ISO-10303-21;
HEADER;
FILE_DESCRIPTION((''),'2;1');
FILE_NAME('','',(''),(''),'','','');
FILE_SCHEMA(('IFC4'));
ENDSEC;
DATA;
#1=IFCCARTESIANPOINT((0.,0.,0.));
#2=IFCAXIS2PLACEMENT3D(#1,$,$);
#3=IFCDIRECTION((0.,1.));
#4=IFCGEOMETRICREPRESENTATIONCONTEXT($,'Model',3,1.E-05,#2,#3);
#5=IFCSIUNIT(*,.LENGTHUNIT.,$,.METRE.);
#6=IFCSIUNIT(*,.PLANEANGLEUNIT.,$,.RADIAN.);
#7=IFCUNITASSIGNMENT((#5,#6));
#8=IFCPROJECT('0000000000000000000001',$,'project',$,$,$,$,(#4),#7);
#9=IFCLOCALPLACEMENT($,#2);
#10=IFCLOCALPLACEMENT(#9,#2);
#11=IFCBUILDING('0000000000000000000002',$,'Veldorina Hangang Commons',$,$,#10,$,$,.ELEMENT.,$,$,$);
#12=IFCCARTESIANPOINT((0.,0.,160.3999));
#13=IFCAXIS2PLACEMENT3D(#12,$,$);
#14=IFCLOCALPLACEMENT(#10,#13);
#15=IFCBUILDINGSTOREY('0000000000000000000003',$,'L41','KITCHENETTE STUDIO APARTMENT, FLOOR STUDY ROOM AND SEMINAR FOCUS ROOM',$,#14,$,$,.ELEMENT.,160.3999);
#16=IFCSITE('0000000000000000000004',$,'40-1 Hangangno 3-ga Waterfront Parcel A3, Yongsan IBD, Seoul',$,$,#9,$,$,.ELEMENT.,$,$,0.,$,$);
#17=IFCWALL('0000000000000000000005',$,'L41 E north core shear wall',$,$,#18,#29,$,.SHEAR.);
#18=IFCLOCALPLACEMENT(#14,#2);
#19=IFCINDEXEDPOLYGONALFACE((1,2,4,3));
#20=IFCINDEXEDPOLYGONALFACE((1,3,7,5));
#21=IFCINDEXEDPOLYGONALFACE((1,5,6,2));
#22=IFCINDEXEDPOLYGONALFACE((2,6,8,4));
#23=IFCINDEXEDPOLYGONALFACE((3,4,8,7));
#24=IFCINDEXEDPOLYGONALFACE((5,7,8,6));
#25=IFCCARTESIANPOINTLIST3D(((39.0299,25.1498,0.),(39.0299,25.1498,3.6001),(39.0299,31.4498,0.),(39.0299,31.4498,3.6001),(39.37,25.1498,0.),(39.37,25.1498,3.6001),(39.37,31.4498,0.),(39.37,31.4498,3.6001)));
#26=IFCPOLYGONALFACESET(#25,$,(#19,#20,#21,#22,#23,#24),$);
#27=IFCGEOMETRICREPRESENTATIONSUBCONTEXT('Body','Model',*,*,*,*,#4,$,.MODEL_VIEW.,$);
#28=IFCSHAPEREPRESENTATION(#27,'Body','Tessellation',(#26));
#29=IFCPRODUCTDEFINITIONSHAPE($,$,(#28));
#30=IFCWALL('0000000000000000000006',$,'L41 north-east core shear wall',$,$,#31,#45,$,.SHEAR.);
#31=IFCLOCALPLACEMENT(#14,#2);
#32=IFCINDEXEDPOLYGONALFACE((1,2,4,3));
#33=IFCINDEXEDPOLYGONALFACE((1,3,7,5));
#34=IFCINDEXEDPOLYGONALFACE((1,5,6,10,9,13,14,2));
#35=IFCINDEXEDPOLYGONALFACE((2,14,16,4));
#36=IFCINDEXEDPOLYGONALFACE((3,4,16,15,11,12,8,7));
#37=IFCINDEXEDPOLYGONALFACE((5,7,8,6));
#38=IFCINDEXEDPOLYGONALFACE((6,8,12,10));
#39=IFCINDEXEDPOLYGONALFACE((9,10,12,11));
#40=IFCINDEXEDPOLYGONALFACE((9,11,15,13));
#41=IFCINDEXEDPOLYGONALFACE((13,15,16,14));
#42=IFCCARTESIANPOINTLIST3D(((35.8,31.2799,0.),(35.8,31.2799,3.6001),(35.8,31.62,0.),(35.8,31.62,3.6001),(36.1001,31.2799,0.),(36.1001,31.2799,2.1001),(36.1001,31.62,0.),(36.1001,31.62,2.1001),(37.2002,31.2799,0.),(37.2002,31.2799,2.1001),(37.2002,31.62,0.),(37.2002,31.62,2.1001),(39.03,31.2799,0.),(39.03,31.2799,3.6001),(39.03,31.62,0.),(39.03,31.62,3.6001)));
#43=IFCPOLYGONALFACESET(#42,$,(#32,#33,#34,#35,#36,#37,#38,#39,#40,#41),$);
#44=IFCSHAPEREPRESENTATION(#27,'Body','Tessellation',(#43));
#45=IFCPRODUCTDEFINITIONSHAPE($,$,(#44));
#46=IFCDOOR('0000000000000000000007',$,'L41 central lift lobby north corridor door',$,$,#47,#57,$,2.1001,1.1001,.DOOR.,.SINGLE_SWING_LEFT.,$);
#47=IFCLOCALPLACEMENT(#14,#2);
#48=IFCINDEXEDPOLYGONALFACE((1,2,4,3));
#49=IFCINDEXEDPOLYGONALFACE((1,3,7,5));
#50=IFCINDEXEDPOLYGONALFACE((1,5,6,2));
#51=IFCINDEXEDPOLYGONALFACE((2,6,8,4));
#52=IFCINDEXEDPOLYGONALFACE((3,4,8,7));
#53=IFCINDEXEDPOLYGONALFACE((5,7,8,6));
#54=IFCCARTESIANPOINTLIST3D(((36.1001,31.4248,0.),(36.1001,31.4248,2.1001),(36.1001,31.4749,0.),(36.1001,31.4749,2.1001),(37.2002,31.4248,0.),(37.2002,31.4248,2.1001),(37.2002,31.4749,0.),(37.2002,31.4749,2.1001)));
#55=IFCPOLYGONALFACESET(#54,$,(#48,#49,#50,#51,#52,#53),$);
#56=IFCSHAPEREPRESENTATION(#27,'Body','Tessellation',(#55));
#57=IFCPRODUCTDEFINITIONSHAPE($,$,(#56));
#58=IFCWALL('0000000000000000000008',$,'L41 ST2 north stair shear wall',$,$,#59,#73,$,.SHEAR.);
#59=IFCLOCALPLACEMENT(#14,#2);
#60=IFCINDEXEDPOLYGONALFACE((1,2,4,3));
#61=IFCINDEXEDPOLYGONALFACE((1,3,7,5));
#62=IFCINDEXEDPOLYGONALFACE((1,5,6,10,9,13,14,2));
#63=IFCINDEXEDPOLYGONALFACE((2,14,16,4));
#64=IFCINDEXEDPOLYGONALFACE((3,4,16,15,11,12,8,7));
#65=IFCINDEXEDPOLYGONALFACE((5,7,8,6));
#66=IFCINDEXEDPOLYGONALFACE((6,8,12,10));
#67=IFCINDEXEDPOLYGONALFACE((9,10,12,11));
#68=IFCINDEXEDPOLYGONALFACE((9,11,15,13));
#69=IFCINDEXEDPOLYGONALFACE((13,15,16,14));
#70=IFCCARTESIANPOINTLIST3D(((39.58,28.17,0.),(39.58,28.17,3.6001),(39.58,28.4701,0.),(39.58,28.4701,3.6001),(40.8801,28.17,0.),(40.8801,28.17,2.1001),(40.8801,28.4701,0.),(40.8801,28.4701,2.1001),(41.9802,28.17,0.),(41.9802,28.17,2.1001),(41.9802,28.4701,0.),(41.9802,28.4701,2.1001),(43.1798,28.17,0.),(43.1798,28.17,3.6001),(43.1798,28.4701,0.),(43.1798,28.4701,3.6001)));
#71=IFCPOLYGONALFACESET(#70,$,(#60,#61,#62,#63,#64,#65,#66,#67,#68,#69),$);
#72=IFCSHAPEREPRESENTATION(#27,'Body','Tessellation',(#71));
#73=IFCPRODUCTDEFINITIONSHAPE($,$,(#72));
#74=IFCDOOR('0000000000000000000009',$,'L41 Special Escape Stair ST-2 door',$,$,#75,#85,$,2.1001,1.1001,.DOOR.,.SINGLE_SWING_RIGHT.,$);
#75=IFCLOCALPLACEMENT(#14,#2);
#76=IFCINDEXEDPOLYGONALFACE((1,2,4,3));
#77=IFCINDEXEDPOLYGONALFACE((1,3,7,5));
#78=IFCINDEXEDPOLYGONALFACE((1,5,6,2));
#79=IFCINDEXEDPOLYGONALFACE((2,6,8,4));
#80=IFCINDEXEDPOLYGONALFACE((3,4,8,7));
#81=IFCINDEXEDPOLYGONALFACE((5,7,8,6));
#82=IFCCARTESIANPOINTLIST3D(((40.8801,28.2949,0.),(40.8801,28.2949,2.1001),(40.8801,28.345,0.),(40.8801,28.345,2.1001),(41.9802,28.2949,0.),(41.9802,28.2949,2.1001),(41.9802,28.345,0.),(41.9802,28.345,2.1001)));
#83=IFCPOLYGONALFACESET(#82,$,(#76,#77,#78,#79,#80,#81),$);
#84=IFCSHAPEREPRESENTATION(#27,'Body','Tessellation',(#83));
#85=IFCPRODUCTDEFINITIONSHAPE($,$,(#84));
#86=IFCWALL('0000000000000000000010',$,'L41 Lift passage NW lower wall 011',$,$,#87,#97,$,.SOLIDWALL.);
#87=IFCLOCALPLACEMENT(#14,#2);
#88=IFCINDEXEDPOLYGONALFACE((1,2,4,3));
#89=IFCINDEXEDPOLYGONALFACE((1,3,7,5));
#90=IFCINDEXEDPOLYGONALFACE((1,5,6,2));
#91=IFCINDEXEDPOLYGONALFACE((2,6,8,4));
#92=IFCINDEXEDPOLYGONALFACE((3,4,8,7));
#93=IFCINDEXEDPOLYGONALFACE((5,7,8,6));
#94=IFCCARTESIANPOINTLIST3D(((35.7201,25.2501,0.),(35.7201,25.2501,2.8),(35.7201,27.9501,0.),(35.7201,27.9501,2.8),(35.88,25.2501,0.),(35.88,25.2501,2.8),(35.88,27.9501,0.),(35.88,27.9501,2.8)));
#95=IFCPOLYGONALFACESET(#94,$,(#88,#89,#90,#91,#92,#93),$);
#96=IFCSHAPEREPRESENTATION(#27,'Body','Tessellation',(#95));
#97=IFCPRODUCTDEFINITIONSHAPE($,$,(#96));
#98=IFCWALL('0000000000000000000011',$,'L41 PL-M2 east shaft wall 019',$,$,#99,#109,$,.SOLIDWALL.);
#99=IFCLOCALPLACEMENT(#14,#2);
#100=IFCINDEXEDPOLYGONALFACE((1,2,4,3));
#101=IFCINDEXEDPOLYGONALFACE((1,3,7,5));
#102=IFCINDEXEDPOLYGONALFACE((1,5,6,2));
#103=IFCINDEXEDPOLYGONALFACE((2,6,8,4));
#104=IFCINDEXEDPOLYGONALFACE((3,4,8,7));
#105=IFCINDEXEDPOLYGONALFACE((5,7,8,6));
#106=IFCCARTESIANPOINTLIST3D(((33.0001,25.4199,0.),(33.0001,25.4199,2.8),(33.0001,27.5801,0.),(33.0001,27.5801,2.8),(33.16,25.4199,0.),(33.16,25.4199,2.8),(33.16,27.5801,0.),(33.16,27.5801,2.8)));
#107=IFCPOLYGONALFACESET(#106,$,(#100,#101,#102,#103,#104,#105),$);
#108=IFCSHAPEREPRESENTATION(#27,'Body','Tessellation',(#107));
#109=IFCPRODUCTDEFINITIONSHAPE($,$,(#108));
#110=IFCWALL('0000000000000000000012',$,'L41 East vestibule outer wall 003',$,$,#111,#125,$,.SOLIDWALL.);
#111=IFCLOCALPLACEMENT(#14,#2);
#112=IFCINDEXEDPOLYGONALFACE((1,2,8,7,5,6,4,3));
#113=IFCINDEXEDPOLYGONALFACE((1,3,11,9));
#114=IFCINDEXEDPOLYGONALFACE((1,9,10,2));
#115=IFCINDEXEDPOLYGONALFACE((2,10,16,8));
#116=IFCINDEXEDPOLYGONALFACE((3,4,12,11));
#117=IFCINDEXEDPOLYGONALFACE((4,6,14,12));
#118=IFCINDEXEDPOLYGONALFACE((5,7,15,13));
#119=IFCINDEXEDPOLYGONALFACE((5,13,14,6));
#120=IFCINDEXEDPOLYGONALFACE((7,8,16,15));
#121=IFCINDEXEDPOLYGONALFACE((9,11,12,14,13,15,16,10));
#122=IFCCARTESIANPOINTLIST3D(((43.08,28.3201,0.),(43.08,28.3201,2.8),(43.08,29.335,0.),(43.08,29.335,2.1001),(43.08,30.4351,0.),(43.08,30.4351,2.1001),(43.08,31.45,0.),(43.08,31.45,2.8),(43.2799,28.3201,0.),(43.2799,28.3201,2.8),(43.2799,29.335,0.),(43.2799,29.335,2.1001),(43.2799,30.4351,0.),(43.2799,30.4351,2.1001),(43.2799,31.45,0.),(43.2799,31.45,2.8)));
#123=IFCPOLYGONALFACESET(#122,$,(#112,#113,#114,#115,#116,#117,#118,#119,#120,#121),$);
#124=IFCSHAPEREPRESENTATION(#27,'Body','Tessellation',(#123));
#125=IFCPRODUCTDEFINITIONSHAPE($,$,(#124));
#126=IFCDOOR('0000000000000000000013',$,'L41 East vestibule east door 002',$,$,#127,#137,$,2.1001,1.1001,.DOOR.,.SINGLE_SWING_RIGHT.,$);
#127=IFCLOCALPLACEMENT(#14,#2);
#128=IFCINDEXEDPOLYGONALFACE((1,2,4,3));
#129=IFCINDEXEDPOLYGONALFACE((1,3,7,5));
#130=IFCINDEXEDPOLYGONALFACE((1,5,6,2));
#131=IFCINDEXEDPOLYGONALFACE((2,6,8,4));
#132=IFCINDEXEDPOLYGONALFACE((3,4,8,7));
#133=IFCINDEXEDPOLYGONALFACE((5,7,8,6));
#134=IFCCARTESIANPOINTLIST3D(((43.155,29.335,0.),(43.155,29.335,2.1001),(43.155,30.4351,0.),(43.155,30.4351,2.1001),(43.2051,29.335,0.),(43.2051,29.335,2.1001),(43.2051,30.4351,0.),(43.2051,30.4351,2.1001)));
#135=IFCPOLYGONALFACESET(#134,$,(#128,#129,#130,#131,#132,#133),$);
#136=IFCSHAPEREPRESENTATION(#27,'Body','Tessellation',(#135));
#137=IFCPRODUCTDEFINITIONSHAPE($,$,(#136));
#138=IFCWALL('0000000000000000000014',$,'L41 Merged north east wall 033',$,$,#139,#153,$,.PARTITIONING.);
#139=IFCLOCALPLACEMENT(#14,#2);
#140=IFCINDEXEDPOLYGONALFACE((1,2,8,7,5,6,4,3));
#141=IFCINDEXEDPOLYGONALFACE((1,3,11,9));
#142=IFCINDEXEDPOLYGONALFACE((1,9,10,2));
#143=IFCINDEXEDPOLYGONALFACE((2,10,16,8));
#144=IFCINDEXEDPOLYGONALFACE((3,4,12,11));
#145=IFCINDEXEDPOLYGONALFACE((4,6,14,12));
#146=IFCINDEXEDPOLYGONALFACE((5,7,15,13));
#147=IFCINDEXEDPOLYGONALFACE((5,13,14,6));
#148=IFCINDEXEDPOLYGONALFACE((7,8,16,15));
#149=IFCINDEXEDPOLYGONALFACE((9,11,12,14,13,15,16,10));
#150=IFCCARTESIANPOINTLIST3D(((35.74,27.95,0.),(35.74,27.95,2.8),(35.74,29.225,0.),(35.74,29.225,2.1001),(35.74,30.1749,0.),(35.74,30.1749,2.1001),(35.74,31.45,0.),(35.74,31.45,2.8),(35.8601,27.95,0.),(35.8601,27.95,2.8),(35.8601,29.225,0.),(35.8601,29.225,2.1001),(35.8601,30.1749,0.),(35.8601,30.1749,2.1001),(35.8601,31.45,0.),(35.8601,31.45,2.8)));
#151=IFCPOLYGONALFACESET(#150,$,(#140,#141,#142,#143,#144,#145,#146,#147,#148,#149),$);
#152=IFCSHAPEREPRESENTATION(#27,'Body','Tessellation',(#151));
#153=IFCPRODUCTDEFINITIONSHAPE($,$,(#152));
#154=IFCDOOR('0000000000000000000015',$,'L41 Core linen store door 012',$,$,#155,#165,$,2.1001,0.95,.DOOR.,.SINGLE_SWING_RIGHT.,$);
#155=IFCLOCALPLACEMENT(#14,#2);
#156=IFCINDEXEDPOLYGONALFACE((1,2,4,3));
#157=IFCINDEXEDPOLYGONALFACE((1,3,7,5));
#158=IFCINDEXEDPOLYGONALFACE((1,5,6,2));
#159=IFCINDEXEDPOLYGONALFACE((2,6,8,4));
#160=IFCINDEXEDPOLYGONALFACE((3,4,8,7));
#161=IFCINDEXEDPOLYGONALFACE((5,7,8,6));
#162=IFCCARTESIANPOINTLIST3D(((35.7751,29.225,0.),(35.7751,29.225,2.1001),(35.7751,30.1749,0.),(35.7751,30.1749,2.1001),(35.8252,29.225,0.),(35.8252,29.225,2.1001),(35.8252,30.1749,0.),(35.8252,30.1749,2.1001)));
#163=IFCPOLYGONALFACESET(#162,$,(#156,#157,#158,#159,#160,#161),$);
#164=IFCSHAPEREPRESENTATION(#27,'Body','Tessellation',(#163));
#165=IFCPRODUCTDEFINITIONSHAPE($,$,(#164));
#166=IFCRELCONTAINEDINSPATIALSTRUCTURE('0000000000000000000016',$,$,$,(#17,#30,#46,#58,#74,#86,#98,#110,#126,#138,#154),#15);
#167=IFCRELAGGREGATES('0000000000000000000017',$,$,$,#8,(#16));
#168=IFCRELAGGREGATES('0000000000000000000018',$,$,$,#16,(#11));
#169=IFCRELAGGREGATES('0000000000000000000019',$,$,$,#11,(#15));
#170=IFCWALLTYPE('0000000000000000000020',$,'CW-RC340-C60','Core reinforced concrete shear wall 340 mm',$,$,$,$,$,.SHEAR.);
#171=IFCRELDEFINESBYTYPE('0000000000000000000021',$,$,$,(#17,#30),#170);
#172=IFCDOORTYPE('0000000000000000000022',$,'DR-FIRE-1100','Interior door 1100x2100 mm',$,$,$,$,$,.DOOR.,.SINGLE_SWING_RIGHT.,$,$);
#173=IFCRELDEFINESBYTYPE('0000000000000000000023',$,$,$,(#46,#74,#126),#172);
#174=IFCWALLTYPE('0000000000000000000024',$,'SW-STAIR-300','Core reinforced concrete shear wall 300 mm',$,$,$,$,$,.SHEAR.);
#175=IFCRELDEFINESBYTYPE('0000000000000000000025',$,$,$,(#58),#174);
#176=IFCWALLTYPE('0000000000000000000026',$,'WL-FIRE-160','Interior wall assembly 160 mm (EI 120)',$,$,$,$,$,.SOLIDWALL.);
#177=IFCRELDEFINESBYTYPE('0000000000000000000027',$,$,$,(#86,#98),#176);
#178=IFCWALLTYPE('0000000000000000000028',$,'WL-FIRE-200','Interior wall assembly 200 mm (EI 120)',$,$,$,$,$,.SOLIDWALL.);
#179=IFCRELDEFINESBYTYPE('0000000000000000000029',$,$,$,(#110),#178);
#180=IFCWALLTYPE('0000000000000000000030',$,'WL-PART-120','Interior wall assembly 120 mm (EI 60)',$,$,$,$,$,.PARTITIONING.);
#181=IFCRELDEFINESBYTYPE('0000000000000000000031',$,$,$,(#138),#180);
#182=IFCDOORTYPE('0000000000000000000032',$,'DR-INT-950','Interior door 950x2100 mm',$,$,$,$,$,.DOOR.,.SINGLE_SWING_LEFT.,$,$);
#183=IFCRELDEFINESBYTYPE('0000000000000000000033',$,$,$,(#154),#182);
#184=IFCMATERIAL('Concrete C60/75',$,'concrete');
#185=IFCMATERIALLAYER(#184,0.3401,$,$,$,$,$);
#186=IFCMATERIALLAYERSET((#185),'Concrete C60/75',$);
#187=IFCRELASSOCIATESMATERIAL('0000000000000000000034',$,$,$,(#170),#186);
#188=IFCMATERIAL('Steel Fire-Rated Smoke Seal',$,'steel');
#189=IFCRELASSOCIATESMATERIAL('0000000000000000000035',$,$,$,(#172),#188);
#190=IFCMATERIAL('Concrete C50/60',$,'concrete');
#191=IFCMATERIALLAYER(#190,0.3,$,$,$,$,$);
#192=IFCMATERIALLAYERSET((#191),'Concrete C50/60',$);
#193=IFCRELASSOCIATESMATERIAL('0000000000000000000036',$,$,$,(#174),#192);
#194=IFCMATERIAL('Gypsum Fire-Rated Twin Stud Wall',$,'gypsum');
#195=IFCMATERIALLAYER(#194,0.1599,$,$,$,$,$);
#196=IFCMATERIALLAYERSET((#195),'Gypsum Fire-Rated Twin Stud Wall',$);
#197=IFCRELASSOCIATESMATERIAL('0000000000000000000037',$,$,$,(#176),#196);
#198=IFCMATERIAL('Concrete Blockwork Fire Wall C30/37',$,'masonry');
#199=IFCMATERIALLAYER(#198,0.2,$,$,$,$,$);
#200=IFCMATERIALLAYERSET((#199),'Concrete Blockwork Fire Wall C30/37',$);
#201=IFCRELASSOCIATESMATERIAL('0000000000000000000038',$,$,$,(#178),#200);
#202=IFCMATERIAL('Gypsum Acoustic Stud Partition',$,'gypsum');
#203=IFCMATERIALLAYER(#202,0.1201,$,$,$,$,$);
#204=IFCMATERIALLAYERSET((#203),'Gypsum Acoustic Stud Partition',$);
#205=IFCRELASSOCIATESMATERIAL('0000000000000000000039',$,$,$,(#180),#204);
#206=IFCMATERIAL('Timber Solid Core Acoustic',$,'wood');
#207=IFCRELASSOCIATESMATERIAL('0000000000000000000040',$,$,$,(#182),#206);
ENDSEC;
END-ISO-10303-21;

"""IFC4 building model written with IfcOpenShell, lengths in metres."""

from ifc_helpers import new_model, si_unit, direction, frame, frame_2d, origin, place, context, subcontext, project, spatial, rectangle, extrude, material, layer, layer_set, type_object, element, fill, save


model = new_model("IFC4")

# Units and contexts
model_context = context("Model", 3, precision=1e-05, world=origin(), true_north=direction((0.0, 1.0)))
body_context = subcontext(model_context, "Body", "Model", "MODEL_VIEW")
ifc_project = project(units=[si_unit("LENGTHUNIT", "METRE"), si_unit("PLANEANGLEUNIT", "RADIAN")], contexts=[model_context])

# Site, building, storey
site_placement = place(None, origin())
site = spatial("IfcSite", under=ifc_project, at=site_placement, Name="40-1 Hangangno 3-ga Waterfront Parcel A3, Yongsan IBD, Seoul", CompositionType="ELEMENT", RefElevation=0.0)
building_placement = place(site_placement, origin())
building = spatial("IfcBuilding", under=site, at=building_placement, Name="Veldorina Hangang Commons", CompositionType="ELEMENT")
storey_placement = place(building_placement, frame((0.0, 0.0, 160.3999)))
storey = spatial("IfcBuildingStorey", under=building, at=storey_placement, Name="L41", Description="KITCHENETTE STUDIO APARTMENT, FLOOR STUDY ROOM AND SEMINAR FOCUS ROOM", CompositionType="ELEMENT", Elevation=160.3999)

# Wall
ifc_material_1 = material(Name="Concrete C60/75", Category="concrete")
ifc_layer_1 = layer(ifc_material_1, 0.3401)
ifc_layer_set_1 = layer_set([ifc_layer_1], Name="Concrete C60/75")
wall_type_1 = type_object("IfcWallType", Name="CW-RC340-C60", Description="Core reinforced concrete shear wall 340 mm", PredefinedType="SHEAR", material=ifc_layer_set_1)
wall_1_placement = place(storey_placement, frame((39.2, 25.1499, 0.0), z_axis=(0.0, 0.0, 1.0), x_axis=(0.0, 1.0, 0.0)))
element("IfcWall", 1, at=wall_1_placement, inside=storey, type_object=wall_type_1, Name="L41 E north core shear wall", PredefinedType="SHEAR", context=body_context, shape_type="SweptSolid", body=[
    extrude(rectangle(XDim=6.3, YDim=0.3401, at=frame_2d((3.1499, 0.0))), origin(), (0.0, 0.0, 1.0), 3.6001),
])

# Walls, openings, doors
wall_2_placement = place(storey_placement, frame((35.8, 31.45, 0.0), z_axis=(0.0, 0.0, 1.0), x_axis=(1.0, 0.0, 0.0)))
wall_2 = element("IfcWall", 2, at=wall_2_placement, inside=storey, type_object=wall_type_1, Name="L41 north-east core shear wall", PredefinedType="SHEAR", context=body_context, shape_type="SweptSolid", body=[
    extrude(rectangle(XDim=3.23, YDim=0.3401, at=frame_2d((1.615, 0.0))), origin(), (0.0, 0.0, 1.0), 3.6001),
])
opening_1_placement = place(wall_2_placement, frame((0.3, 0.0, 0.0)))
opening_1 = element("IfcOpeningElement", 3, at=opening_1_placement, cuts=wall_2, PredefinedType="OPENING", context=body_context, shape_type="SweptSolid", body=[
    extrude(rectangle(XDim=1.1001, YDim=2.1001, at=frame_2d((0.55, 1.05))), frame((0.0, 0.1802, 0.0), z_axis=(0.0, -1.0, 0.0), x_axis=(1.0, 0.0, 0.0)), (0.0, 0.0, 1.0), 0.3601),
])
ifc_material_2 = material(Name="Steel Fire-Rated Smoke Seal", Category="steel")
door_type_1 = type_object("IfcDoorType", Name="DR-FIRE-1100", Description="Interior door 1100x2100 mm", OperationType="SINGLE_SWING_RIGHT", PredefinedType="DOOR", material=ifc_material_2)
door_1_placement = place(opening_1_placement, origin())
door_1 = element("IfcDoor", 4, at=door_1_placement, inside=storey, type_object=door_type_1, Name="L41 central lift lobby north corridor door", OperationType="SINGLE_SWING_LEFT", OverallHeight=2.1001, OverallWidth=1.1001, PredefinedType="DOOR", context=body_context, shape_type="SweptSolid", body=[
    extrude(rectangle(XDim=1.1001, YDim=2.1001, at=frame_2d((0.55, 1.05))), frame((0.0, 0.0249, 0.0), z_axis=(0.0, -1.0, 0.0), x_axis=(1.0, 0.0, 0.0)), (0.0, 0.0, 1.0), 0.05),
])
fill(opening_1, door_1)
ifc_material_3 = material(Name="Concrete C50/60", Category="concrete")
ifc_layer_2 = layer(ifc_material_3, 0.3)
ifc_layer_set_2 = layer_set([ifc_layer_2], Name="Concrete C50/60")
wall_type_2 = type_object("IfcWallType", Name="SW-STAIR-300", Description="Core reinforced concrete shear wall 300 mm", PredefinedType="SHEAR", material=ifc_layer_set_2)
wall_3_placement = place(storey_placement, frame((39.5801, 28.3201, 0.0), z_axis=(0.0, 0.0, 1.0), x_axis=(1.0, 0.0, 0.0)))
wall_3 = element("IfcWall", 5, at=wall_3_placement, inside=storey, type_object=wall_type_2, Name="L41 ST2 north stair shear wall", PredefinedType="SHEAR", context=body_context, shape_type="SweptSolid", body=[
    extrude(rectangle(XDim=3.5999, YDim=0.3, at=frame_2d((1.7998, 0.0))), origin(), (0.0, 0.0, 1.0), 3.6001),
])
opening_2_placement = place(wall_3_placement, frame((1.3, 0.0, 0.0)))
opening_2 = element("IfcOpeningElement", 6, at=opening_2_placement, cuts=wall_3, PredefinedType="OPENING", context=body_context, shape_type="SweptSolid", body=[
    extrude(rectangle(XDim=1.1001, YDim=2.1001, at=frame_2d((0.55, 1.05))), frame((0.0, 0.1602, 0.0), z_axis=(0.0, -1.0, 0.0), x_axis=(1.0, 0.0, 0.0)), (0.0, 0.0, 1.0), 0.3201),
])
door_2_placement = place(opening_2_placement, origin())
door_2 = element("IfcDoor", 7, at=door_2_placement, inside=storey, type_object=door_type_1, Name="L41 Special Escape Stair ST-2 door", OperationType="SINGLE_SWING_RIGHT", OverallHeight=2.1001, OverallWidth=1.1001, PredefinedType="DOOR", context=body_context, shape_type="SweptSolid", body=[
    extrude(rectangle(XDim=1.1001, YDim=2.1001, at=frame_2d((0.55, 1.05))), frame((0.0, 0.0249, 0.0), z_axis=(0.0, -1.0, 0.0), x_axis=(1.0, 0.0, 0.0)), (0.0, 0.0, 1.0), 0.05),
])
fill(opening_2, door_2)

# Walls
ifc_material_4 = material(Name="Gypsum Fire-Rated Twin Stud Wall", Category="gypsum")
ifc_layer_3 = layer(ifc_material_4, 0.1599)
ifc_layer_set_3 = layer_set([ifc_layer_3], Name="Gypsum Fire-Rated Twin Stud Wall")
wall_type_3 = type_object("IfcWallType", Name="WL-FIRE-160", Description="Interior wall assembly 160 mm (EI 120)", PredefinedType="SOLIDWALL", material=ifc_layer_set_3)
wall_4_placement = place(storey_placement, frame((35.8, 25.25, 0.0), z_axis=(0.0, 0.0, 1.0), x_axis=(0.0, 1.0, 0.0)))
element("IfcWall", 8, at=wall_4_placement, inside=storey, type_object=wall_type_3, Name="L41 Lift passage NW lower wall 011", PredefinedType="SOLIDWALL", context=body_context, shape_type="SweptSolid", body=[
    extrude(rectangle(XDim=2.7, YDim=0.1599, at=frame_2d((1.3501, 0.0))), origin(), (0.0, 0.0, 1.0), 2.8),
])
wall_5_placement = place(storey_placement, frame((33.0801, 25.4199, 0.0), z_axis=(0.0, 0.0, 1.0), x_axis=(0.0, 1.0, 0.0)))
element("IfcWall", 9, at=wall_5_placement, inside=storey, type_object=wall_type_3, Name="L41 PL-M2 east shaft wall 019", PredefinedType="SOLIDWALL", context=body_context, shape_type="SweptSolid", body=[
    extrude(rectangle(XDim=2.1602, YDim=0.1599, at=frame_2d((1.0801, 0.0))), origin(), (0.0, 0.0, 1.0), 2.8),
])

# Walls, openings, doors
ifc_material_5 = material(Name="Concrete Blockwork Fire Wall C30/37", Category="masonry")
ifc_layer_4 = layer(ifc_material_5, 0.2)
ifc_layer_set_4 = layer_set([ifc_layer_4], Name="Concrete Blockwork Fire Wall C30/37")
wall_type_4 = type_object("IfcWallType", Name="WL-FIRE-200", Description="Interior wall assembly 200 mm (EI 120)", PredefinedType="SOLIDWALL", material=ifc_layer_set_4)
wall_6_placement = place(storey_placement, frame((43.1799, 28.3201, 0.0), z_axis=(0.0, 0.0, 1.0), x_axis=(0.0, 1.0, 0.0)))
wall_6 = element("IfcWall", 10, at=wall_6_placement, inside=storey, type_object=wall_type_4, Name="L41 East vestibule outer wall 003", PredefinedType="SOLIDWALL", context=body_context, shape_type="SweptSolid", body=[
    extrude(rectangle(XDim=3.1299, YDim=0.2, at=frame_2d((1.5649, 0.0))), origin(), (0.0, 0.0, 1.0), 2.8),
])
opening_3_placement = place(wall_6_placement, frame((1.0149, 0.0, 0.0)))
opening_3 = element("IfcOpeningElement", 11, at=opening_3_placement, cuts=wall_6, PredefinedType="OPENING", context=body_context, shape_type="SweptSolid", body=[
    extrude(rectangle(XDim=1.1001, YDim=2.1001, at=frame_2d((0.55, 1.05))), frame((0.0, 0.1099, 0.0), z_axis=(0.0, -1.0, 0.0), x_axis=(1.0, 0.0, 0.0)), (0.0, 0.0, 1.0), 0.22),
])
door_3_placement = place(opening_3_placement, origin())
door_3 = element("IfcDoor", 12, at=door_3_placement, inside=storey, type_object=door_type_1, Name="L41 East vestibule east door 002", OperationType="SINGLE_SWING_RIGHT", OverallHeight=2.1001, OverallWidth=1.1001, PredefinedType="DOOR", context=body_context, shape_type="SweptSolid", body=[
    extrude(rectangle(XDim=1.1001, YDim=2.1001, at=frame_2d((0.55, 1.05))), frame((0.0, 0.0249, 0.0), z_axis=(0.0, -1.0, 0.0), x_axis=(1.0, 0.0, 0.0)), (0.0, 0.0, 1.0), 0.05),
])
fill(opening_3, door_3)
ifc_material_6 = material(Name="Gypsum Acoustic Stud Partition", Category="gypsum")
ifc_layer_5 = layer(ifc_material_6, 0.1201)
ifc_layer_set_5 = layer_set([ifc_layer_5], Name="Gypsum Acoustic Stud Partition")
wall_type_5 = type_object("IfcWallType", Name="WL-PART-120", Description="Interior wall assembly 120 mm (EI 60)", PredefinedType="PARTITIONING", material=ifc_layer_set_5)
wall_7_placement = place(storey_placement, frame((35.8, 27.95, 0.0), z_axis=(0.0, 0.0, 1.0), x_axis=(0.0, 1.0, 0.0)))
wall_7 = element("IfcWall", 13, at=wall_7_placement, inside=storey, type_object=wall_type_5, Name="L41 Merged north east wall 033", PredefinedType="PARTITIONING", context=body_context, shape_type="SweptSolid", body=[
    extrude(rectangle(XDim=3.5, YDim=0.1201, at=frame_2d((1.75, 0.0))), origin(), (0.0, 0.0, 1.0), 2.8),
])
opening_4_placement = place(wall_7_placement, frame((1.2749, 0.0, 0.0)))
opening_4 = element("IfcOpeningElement", 14, at=opening_4_placement, cuts=wall_7, PredefinedType="OPENING", context=body_context, shape_type="SweptSolid", body=[
    extrude(rectangle(XDim=0.95, YDim=2.1001, at=frame_2d((0.4751, 1.05))), frame((0.0, 0.0701, 0.0), z_axis=(0.0, -1.0, 0.0), x_axis=(1.0, 0.0, 0.0)), (0.0, 0.0, 1.0), 0.1401),
])
ifc_material_7 = material(Name="Timber Solid Core Acoustic", Category="wood")
door_type_2 = type_object("IfcDoorType", Name="DR-INT-950", Description="Interior door 950x2100 mm", OperationType="SINGLE_SWING_LEFT", PredefinedType="DOOR", material=ifc_material_7)
door_4_placement = place(opening_4_placement, origin())
door_4 = element("IfcDoor", 15, at=door_4_placement, inside=storey, type_object=door_type_2, Name="L41 Core linen store door 012", OperationType="SINGLE_SWING_RIGHT", OverallHeight=2.1001, OverallWidth=0.95, PredefinedType="DOOR", context=body_context, shape_type="SweptSolid", body=[
    extrude(rectangle(XDim=0.95, YDim=2.1001, at=frame_2d((0.4751, 1.05))), frame((0.0, 0.0249, 0.0), z_axis=(0.0, -1.0, 0.0), x_axis=(1.0, 0.0, 0.0)), (0.0, 0.0, 1.0), 0.05),
])
fill(opening_4, door_4)

save(model, "model.ifc")
